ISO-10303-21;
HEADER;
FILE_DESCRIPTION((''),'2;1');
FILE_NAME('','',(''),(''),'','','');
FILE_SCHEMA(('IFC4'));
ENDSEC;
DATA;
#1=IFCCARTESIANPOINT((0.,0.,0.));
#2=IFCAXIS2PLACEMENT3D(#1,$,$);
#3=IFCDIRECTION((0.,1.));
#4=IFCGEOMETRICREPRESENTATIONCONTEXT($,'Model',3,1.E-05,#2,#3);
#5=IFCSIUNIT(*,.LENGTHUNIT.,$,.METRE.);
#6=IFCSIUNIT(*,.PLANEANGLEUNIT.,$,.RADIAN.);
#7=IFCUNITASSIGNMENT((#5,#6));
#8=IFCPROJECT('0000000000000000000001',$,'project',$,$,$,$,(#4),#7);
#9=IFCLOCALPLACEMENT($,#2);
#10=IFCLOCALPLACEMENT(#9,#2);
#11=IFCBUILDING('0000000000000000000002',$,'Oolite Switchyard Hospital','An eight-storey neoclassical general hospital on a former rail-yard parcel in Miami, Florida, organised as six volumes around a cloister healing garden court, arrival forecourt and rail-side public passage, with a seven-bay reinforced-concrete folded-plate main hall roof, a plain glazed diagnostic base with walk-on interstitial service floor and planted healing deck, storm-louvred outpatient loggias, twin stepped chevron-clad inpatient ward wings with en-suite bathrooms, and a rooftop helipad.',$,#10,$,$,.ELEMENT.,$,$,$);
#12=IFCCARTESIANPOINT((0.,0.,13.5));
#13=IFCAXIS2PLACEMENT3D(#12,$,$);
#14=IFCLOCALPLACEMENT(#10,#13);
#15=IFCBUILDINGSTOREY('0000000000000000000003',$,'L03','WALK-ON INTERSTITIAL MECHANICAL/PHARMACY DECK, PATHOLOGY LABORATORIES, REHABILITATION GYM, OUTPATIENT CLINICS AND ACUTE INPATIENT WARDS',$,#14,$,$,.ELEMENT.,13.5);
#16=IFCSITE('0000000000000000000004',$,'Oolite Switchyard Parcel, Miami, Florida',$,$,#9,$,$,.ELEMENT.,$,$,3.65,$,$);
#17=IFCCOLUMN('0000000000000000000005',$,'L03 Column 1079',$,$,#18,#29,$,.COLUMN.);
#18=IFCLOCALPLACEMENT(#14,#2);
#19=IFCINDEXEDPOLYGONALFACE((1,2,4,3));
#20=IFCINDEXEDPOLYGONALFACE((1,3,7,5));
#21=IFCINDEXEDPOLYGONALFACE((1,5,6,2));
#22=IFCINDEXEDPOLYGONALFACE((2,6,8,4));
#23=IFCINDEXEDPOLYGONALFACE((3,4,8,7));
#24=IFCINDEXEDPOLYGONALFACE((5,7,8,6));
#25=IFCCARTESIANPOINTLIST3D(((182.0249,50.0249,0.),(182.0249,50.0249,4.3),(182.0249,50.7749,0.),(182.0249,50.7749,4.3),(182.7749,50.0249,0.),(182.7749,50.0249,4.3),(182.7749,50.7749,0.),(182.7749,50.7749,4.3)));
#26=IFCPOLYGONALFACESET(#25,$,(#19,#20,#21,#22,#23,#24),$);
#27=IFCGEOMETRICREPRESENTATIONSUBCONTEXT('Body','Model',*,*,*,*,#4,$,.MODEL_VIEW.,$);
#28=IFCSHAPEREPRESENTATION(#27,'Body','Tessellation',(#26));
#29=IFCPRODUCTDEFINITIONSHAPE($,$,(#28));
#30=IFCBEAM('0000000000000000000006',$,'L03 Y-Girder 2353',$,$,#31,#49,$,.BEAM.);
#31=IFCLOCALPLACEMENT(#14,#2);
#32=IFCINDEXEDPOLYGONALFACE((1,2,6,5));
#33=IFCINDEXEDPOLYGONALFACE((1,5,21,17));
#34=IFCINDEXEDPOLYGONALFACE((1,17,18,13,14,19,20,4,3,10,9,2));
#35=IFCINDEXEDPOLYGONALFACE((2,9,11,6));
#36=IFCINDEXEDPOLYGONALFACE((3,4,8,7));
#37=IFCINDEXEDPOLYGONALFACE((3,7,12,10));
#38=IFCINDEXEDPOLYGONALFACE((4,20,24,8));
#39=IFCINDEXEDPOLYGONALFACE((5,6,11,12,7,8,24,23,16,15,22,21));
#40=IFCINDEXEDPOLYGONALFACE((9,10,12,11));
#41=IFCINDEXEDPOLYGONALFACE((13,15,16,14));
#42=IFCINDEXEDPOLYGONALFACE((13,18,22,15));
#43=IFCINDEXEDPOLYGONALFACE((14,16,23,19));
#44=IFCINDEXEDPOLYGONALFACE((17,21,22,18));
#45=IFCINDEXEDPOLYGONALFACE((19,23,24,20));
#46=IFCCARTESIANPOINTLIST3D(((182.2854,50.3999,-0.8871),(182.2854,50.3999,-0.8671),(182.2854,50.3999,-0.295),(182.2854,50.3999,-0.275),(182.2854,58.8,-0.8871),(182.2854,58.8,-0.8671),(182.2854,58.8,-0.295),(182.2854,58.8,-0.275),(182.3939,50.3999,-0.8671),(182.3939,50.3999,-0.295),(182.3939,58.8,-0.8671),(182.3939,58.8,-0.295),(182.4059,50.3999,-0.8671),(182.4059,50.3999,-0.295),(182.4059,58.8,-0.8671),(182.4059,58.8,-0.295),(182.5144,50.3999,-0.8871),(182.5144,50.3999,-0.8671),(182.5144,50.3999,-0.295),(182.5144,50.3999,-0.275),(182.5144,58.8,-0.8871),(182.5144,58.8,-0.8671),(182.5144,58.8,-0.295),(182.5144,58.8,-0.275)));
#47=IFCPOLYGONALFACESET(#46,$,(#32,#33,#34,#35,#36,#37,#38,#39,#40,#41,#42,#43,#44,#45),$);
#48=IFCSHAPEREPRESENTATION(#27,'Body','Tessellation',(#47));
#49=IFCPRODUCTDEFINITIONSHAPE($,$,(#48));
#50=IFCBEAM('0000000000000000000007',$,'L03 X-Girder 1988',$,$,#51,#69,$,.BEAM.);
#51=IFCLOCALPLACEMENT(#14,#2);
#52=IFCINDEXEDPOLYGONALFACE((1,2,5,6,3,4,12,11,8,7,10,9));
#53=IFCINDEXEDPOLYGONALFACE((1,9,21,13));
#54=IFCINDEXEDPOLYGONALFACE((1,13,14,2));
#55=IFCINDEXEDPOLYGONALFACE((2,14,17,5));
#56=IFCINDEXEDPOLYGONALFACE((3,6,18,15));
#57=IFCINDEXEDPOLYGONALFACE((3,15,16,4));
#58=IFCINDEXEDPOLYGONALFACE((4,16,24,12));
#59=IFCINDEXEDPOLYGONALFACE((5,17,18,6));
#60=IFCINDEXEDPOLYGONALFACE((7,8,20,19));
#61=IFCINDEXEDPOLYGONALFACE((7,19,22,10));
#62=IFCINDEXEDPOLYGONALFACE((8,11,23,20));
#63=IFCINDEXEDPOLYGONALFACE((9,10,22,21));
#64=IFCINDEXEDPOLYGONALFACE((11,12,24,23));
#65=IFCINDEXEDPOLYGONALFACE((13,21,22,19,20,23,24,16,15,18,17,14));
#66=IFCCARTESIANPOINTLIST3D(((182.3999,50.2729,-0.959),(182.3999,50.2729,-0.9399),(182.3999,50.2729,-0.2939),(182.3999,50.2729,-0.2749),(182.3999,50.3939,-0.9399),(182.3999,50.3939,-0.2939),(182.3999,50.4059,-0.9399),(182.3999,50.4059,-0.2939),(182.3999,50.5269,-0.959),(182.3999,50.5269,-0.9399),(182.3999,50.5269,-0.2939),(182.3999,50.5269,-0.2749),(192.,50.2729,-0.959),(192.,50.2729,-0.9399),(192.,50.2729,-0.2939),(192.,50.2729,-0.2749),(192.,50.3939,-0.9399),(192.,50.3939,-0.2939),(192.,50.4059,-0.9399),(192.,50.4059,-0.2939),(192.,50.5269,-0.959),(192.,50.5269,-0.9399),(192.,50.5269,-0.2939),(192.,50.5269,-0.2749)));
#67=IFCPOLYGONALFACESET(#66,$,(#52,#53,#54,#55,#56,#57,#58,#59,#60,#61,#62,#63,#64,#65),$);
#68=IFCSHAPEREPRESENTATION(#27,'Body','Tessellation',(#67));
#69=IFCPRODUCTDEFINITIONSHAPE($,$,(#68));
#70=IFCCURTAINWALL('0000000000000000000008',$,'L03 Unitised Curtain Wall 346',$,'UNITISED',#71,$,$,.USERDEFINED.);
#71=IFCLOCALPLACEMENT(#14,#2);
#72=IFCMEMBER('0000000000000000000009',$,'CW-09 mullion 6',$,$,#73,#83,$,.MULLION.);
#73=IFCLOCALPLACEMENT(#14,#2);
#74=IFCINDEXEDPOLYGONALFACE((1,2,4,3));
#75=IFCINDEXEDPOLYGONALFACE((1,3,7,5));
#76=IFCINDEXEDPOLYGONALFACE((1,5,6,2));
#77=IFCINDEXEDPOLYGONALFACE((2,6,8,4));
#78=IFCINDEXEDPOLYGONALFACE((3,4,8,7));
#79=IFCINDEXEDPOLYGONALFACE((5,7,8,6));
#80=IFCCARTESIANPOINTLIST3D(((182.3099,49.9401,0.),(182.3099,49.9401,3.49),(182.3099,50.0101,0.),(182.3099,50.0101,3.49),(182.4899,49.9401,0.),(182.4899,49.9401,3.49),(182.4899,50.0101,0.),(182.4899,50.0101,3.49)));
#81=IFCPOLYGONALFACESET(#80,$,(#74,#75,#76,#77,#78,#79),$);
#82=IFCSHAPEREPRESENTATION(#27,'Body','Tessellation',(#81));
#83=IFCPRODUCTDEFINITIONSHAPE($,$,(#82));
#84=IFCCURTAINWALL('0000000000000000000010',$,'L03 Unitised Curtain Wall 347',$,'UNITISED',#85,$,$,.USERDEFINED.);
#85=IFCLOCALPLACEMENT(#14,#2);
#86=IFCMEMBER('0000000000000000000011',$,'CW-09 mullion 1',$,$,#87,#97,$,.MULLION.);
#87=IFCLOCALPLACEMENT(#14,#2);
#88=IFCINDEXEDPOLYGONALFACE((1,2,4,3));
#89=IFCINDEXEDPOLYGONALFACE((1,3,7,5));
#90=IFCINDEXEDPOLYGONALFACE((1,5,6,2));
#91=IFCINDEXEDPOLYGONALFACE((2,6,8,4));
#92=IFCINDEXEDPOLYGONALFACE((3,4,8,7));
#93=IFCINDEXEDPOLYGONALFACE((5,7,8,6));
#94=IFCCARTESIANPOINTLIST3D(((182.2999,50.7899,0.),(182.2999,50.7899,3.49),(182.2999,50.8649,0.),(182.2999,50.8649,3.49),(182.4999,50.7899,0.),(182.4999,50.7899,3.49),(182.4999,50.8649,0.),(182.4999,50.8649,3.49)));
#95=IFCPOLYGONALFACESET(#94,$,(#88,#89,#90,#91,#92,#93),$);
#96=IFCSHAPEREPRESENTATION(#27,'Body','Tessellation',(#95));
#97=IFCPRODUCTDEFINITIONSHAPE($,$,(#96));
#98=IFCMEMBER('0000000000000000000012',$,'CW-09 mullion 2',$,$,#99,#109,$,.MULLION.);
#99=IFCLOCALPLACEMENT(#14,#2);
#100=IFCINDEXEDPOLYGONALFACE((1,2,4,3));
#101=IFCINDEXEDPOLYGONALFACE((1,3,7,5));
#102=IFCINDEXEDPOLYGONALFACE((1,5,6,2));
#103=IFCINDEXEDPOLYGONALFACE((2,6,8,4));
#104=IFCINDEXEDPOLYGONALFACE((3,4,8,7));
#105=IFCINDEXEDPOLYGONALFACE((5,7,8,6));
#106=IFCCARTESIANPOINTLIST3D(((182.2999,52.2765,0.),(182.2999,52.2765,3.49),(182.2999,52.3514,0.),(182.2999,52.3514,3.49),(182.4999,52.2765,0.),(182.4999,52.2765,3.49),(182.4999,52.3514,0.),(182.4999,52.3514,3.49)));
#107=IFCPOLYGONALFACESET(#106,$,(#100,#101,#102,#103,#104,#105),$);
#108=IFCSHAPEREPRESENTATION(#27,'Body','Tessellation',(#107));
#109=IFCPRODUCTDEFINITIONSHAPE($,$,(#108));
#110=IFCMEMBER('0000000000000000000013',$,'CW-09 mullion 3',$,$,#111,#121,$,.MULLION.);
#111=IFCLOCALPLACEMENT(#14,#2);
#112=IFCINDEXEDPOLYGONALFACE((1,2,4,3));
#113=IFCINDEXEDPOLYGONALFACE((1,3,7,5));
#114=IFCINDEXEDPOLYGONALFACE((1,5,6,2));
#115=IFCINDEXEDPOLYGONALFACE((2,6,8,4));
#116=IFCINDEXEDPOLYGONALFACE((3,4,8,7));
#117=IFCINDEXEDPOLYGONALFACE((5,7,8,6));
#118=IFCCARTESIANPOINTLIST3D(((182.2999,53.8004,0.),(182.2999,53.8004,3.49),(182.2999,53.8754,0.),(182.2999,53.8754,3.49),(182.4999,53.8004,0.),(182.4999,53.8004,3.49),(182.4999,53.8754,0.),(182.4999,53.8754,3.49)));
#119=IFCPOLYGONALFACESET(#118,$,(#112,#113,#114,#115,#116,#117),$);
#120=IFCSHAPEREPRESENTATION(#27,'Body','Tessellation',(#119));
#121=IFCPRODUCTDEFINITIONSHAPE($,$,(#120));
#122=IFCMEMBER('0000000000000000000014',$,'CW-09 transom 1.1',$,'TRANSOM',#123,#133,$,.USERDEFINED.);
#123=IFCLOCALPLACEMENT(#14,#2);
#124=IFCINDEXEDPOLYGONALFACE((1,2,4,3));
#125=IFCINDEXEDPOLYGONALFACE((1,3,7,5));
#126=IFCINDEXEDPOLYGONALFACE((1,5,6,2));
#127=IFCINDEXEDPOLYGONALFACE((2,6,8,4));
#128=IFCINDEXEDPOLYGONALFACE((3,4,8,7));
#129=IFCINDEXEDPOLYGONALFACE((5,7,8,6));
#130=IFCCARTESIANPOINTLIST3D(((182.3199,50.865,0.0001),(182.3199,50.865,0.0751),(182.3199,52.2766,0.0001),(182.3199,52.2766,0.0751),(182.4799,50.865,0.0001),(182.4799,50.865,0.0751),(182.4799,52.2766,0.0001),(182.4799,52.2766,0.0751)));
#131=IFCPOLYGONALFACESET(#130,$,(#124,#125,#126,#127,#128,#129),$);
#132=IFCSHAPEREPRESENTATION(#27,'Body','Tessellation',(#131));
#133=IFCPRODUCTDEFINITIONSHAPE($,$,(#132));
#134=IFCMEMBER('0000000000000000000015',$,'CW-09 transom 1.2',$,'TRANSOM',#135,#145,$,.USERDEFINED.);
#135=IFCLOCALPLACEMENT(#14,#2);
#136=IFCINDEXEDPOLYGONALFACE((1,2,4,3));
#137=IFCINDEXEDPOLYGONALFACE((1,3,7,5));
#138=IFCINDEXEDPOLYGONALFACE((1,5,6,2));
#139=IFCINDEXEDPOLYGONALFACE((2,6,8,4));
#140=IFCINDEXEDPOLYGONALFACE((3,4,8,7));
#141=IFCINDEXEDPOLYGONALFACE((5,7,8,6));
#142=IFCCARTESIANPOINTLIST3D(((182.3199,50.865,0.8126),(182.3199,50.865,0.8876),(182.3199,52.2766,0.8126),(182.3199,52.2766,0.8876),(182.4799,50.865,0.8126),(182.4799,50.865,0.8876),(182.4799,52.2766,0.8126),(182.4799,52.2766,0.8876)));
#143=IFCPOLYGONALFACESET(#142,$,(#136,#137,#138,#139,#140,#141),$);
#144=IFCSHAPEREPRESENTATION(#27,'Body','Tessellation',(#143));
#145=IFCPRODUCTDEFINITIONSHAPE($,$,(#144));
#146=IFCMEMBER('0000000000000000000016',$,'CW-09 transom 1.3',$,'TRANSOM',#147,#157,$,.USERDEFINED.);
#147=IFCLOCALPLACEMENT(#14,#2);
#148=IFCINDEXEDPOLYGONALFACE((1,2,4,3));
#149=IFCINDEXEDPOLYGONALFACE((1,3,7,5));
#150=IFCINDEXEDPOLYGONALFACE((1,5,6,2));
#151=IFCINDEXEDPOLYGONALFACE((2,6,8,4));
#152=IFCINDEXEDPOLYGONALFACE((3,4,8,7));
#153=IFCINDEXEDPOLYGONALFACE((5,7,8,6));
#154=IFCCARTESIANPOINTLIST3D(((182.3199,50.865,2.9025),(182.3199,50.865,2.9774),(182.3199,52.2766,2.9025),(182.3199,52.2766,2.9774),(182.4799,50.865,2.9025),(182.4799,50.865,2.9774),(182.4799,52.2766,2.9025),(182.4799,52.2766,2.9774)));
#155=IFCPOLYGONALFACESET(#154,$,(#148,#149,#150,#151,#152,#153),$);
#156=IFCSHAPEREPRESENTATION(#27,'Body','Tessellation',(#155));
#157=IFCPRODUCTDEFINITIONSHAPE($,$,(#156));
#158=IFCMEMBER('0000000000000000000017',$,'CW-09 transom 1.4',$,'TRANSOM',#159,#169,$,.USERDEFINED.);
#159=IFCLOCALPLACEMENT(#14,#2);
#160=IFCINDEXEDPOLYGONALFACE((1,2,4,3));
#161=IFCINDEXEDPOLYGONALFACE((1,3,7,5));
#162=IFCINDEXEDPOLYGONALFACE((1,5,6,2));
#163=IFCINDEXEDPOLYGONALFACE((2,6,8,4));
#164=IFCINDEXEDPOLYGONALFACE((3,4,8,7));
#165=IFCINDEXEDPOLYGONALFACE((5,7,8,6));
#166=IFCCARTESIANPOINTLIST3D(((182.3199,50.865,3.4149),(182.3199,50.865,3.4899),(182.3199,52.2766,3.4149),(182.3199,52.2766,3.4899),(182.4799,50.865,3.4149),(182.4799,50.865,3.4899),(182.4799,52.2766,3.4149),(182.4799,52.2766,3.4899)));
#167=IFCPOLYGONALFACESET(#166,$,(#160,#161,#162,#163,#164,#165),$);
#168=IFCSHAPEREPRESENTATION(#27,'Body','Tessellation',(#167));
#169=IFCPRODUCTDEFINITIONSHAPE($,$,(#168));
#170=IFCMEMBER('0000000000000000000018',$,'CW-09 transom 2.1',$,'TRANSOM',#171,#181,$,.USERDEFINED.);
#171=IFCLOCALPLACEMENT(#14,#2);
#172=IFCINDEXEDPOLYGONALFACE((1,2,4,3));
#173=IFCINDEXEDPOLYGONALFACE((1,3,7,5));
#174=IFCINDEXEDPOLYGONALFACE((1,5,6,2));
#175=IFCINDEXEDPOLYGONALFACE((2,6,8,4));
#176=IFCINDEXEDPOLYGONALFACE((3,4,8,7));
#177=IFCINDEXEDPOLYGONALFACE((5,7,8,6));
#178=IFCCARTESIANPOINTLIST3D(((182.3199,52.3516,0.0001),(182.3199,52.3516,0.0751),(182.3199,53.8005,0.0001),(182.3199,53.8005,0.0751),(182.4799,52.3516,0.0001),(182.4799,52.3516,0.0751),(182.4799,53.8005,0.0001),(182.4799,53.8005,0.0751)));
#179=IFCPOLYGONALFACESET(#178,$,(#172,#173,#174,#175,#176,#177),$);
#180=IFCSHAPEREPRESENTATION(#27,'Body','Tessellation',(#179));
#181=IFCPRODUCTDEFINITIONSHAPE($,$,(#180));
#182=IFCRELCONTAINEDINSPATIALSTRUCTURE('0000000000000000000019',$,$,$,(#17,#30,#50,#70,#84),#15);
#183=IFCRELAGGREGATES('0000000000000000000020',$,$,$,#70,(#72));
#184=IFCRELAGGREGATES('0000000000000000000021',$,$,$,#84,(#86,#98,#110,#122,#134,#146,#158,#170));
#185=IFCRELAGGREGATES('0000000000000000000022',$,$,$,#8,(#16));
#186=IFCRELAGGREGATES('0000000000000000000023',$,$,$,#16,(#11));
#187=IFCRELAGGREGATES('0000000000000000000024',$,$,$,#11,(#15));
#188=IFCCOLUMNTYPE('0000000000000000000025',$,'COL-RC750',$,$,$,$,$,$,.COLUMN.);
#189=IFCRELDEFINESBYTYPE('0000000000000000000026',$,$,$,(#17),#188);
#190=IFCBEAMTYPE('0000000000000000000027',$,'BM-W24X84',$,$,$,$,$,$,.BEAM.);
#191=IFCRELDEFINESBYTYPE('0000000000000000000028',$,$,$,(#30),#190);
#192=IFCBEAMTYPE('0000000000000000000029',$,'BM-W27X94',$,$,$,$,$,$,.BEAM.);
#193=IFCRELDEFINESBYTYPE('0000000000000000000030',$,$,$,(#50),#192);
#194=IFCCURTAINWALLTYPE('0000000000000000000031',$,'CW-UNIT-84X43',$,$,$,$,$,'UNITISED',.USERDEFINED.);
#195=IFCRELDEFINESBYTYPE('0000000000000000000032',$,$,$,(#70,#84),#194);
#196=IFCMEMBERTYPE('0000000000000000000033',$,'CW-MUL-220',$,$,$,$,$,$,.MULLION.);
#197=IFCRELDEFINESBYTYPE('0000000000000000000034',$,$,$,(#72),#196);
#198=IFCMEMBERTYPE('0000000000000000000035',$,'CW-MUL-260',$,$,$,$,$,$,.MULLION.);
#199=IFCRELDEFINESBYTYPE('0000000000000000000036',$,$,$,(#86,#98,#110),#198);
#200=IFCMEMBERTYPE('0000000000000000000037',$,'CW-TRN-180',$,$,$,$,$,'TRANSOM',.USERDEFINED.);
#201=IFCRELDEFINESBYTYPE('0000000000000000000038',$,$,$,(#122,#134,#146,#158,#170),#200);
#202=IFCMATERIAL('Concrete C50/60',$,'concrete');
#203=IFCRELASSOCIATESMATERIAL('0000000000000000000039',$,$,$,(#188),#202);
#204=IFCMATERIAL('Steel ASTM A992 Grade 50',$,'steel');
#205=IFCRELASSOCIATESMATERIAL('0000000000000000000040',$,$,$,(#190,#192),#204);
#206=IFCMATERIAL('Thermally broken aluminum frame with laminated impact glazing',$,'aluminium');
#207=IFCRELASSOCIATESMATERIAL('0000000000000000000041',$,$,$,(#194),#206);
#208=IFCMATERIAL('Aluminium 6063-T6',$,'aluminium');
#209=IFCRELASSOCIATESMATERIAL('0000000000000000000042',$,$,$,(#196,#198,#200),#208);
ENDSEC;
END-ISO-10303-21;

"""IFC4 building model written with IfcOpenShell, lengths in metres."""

from ifc_helpers import new_model, si_unit, direction, frame, origin, origin_2d, place, context, subcontext, project, spatial, rectangle, i_section, extrude, material, material_profile, profile_set, type_object, element, aggregate, save


model = new_model("IFC4")

# Units and contexts
model_context = context("Model", 3, precision=1e-05, world=origin(), true_north=direction((0.0, 1.0)))
body_context = subcontext(model_context, "Body", "Model", "MODEL_VIEW")
ifc_project = project(units=[si_unit("LENGTHUNIT", "METRE"), si_unit("PLANEANGLEUNIT", "RADIAN")], contexts=[model_context])

# Site, building, storey
site_placement = place(None, origin())
site = spatial("IfcSite", under=ifc_project, at=site_placement, Name="Oolite Switchyard Parcel, Miami, Florida", CompositionType="ELEMENT", RefElevation=3.65)
building_placement = place(site_placement, origin())
building = spatial("IfcBuilding", under=site, at=building_placement, Name="Oolite Switchyard Hospital", Description="An eight-storey neoclassical general hospital on a former rail-yard parcel in Miami, Florida, organised as six volumes around a cloister healing garden court, arrival forecourt and rail-side public passage, with a seven-bay reinforced-concrete folded-plate main hall roof, a plain glazed diagnostic base with walk-on interstitial service floor and planted healing deck, storm-louvred outpatient loggias, twin stepped chevron-clad inpatient ward wings with en-suite bathrooms, and a rooftop helipad.", CompositionType="ELEMENT")
storey_placement = place(building_placement, frame((0.0, 0.0, 13.5)))
storey = spatial("IfcBuildingStorey", under=building, at=storey_placement, Name="L03", Description="WALK-ON INTERSTITIAL MECHANICAL/PHARMACY DECK, PATHOLOGY LABORATORIES, REHABILITATION GYM, OUTPATIENT CLINICS AND ACUTE INPATIENT WARDS", CompositionType="ELEMENT", Elevation=13.5)

# Column
ifc_material_1 = material(Name="Concrete C50/60", Category="concrete")
ifc_material_profile_1 = material_profile(ifc_material_1, rectangle(XDim=0.75, YDim=0.75, at=origin_2d()), Name="RC750X750")
ifc_profile_set_1 = profile_set([ifc_material_profile_1], Name="Concrete C50/60")
column_type = type_object("IfcColumnType", Name="COL-RC750", PredefinedType="COLUMN", material=ifc_profile_set_1)
column_placement = place(storey_placement, frame((182.3999, 50.3999, 0.0), z_axis=(0.0, 0.0, 1.0), x_axis=(1.0, 0.0, 0.0)))
element("IfcColumn", 1, at=column_placement, inside=storey, type_object=column_type, Name="L03 Column 1079", PredefinedType="COLUMN", context=body_context, shape_type="SweptSolid", body=[
    extrude(rectangle(XDim=0.75, YDim=0.75, at=origin_2d()), origin(), (0.0, 0.0, 1.0), 4.3),
])

# Beams
ifc_material_2 = material(Name="Steel ASTM A992 Grade 50", Category="steel")
ifc_material_profile_2 = material_profile(ifc_material_2, i_section(OverallWidth=0.229, OverallDepth=0.6121, WebThickness=0.012, FlangeThickness=0.02, at=origin_2d()), Name="W24X84")
ifc_profile_set_2 = profile_set([ifc_material_profile_2], Name="Steel ASTM A992 Grade 50")
beam_type_1 = type_object("IfcBeamType", Name="BM-W24X84", PredefinedType="BEAM", material=ifc_profile_set_2)
beam_1_placement = place(storey_placement, frame((182.3999, 50.3999, -0.5811), z_axis=(0.0, 1.0, 0.0), x_axis=(-1.0, 0.0, 0.0)))
element("IfcBeam", 2, at=beam_1_placement, inside=storey, type_object=beam_type_1, Name="L03 Y-Girder 2353", PredefinedType="BEAM", context=body_context, shape_type="SweptSolid", body=[
    extrude(i_section(OverallWidth=0.229, OverallDepth=0.6121, WebThickness=0.012, FlangeThickness=0.02, at=origin_2d()), origin(), (0.0, 0.0, 1.0), 8.4001),
])
ifc_material_profile_3 = material_profile(ifc_material_2, i_section(OverallWidth=0.2539, OverallDepth=0.6841, WebThickness=0.012, FlangeThickness=0.019, at=origin_2d()), Name="W27X94")
ifc_profile_set_3 = profile_set([ifc_material_profile_3], Name="Steel ASTM A992 Grade 50")
beam_type_2 = type_object("IfcBeamType", Name="BM-W27X94", PredefinedType="BEAM", material=ifc_profile_set_3)
beam_2_placement = place(storey_placement, frame((182.3999, 50.3999, -0.6169), z_axis=(1.0, 0.0, 0.0), x_axis=(0.0, 1.0, 0.0)))
element("IfcBeam", 3, at=beam_2_placement, inside=storey, type_object=beam_type_2, Name="L03 X-Girder 1988", PredefinedType="BEAM", context=body_context, shape_type="SweptSolid", body=[
    extrude(i_section(OverallWidth=0.2539, OverallDepth=0.6841, WebThickness=0.012, FlangeThickness=0.019, at=origin_2d()), origin(), (0.0, 0.0, 1.0), 9.6001),
])

# Curtain wall, member
ifc_material_3 = material(Name="Thermally broken aluminum frame with laminated impact glazing", Category="aluminium")
curtain_wall_type = type_object("IfcCurtainWallType", Name="CW-UNIT-84X43", ElementType="UNITISED", PredefinedType="USERDEFINED", material=ifc_material_3)
curtain_wall_1_placement = place(storey_placement, origin())
curtain_wall_1 = element("IfcCurtainWall", 4, at=curtain_wall_1_placement, inside=storey, type_object=curtain_wall_type, Name="L03 Unitised Curtain Wall 346", ObjectType="UNITISED", PredefinedType="USERDEFINED")
ifc_material_4 = material(Name="Aluminium 6063-T6", Category="aluminium")
ifc_material_profile_4 = material_profile(ifc_material_4, rectangle(XDim=0.1799, YDim=0.0701, at=origin_2d()), Name="CWM70X180")
ifc_profile_set_4 = profile_set([ifc_material_profile_4], Name="Aluminium 6063-T6")
member_type_1 = type_object("IfcMemberType", Name="CW-MUL-220", PredefinedType="MULLION", material=ifc_profile_set_4)
member_1_placement = place(storey_placement, frame((182.3999, 49.9751, 0.0), z_axis=(0.0, 0.0, 1.0), x_axis=(-1.0, 0.0, 0.0)))
member_1 = element("IfcMember", 5, at=member_1_placement, type_object=member_type_1, Name="CW-09 mullion 6", PredefinedType="MULLION", context=body_context, shape_type="SweptSolid", body=[
    extrude(rectangle(XDim=0.1799, YDim=0.0701, at=origin_2d()), origin(), (0.0, 0.0, 1.0), 3.49),
])
aggregate(curtain_wall_1, [member_1])

# Curtain wall, members
curtain_wall_2_placement = place(storey_placement, origin())
curtain_wall_2 = element("IfcCurtainWall", 6, at=curtain_wall_2_placement, inside=storey, type_object=curtain_wall_type, Name="L03 Unitised Curtain Wall 347", ObjectType="UNITISED", PredefinedType="USERDEFINED")
ifc_material_profile_5 = material_profile(ifc_material_4, rectangle(XDim=0.2, YDim=0.075, at=origin_2d()), Name="CWM75X200")
ifc_profile_set_5 = profile_set([ifc_material_profile_5], Name="Aluminium 6063-T6")
member_type_2 = type_object("IfcMemberType", Name="CW-MUL-260", PredefinedType="MULLION", material=ifc_profile_set_5)
member_2_placement = place(storey_placement, frame((182.3999, 50.8274, 0.0), z_axis=(0.0, 0.0, 1.0), x_axis=(-1.0, 0.0, 0.0)))
member_2 = element("IfcMember", 7, at=member_2_placement, type_object=member_type_2, Name="CW-09 mullion 1", PredefinedType="MULLION", context=body_context, shape_type="SweptSolid", body=[
    extrude(rectangle(XDim=0.2, YDim=0.075, at=origin_2d()), origin(), (0.0, 0.0, 1.0), 3.49),
])
member_3_placement = place(storey_placement, frame((182.3999, 52.314, 0.0), z_axis=(0.0, 0.0, 1.0), x_axis=(-1.0, 0.0, 0.0)))
member_3 = element("IfcMember", 8, at=member_3_placement, type_object=member_type_2, Name="CW-09 mullion 2", PredefinedType="MULLION", context=body_context, shape_type="SweptSolid", body=[
    extrude(rectangle(XDim=0.2, YDim=0.075, at=origin_2d()), origin(), (0.0, 0.0, 1.0), 3.49),
])
member_4_placement = place(storey_placement, frame((182.3999, 53.8379, 0.0), z_axis=(0.0, 0.0, 1.0), x_axis=(-1.0, 0.0, 0.0)))
member_4 = element("IfcMember", 9, at=member_4_placement, type_object=member_type_2, Name="CW-09 mullion 3", PredefinedType="MULLION", context=body_context, shape_type="SweptSolid", body=[
    extrude(rectangle(XDim=0.2, YDim=0.075, at=origin_2d()), origin(), (0.0, 0.0, 1.0), 3.49),
])
ifc_material_profile_6 = material_profile(ifc_material_4, rectangle(XDim=0.1599, YDim=0.075, at=origin_2d()), Name="CWT75X160")
ifc_profile_set_6 = profile_set([ifc_material_profile_6], Name="Aluminium 6063-T6")
member_type_3 = type_object("IfcMemberType", Name="CW-TRN-180", ElementType="TRANSOM", PredefinedType="USERDEFINED", material=ifc_profile_set_6)
member_5_placement = place(storey_placement, frame((182.3999, 50.865, 0.0376), z_axis=(0.0, 1.0, 0.0), x_axis=(-1.0, 0.0, 0.0)))
member_5 = element("IfcMember", 10, at=member_5_placement, type_object=member_type_3, Name="CW-09 transom 1.1", ObjectType="TRANSOM", PredefinedType="USERDEFINED", context=body_context, shape_type="SweptSolid", body=[
    extrude(rectangle(XDim=0.1599, YDim=0.075, at=origin_2d()), origin(), (0.0, 0.0, 1.0), 1.4116),
])
member_6_placement = place(storey_placement, frame((182.3999, 50.865, 0.8501), z_axis=(0.0, 1.0, 0.0), x_axis=(-1.0, 0.0, 0.0)))
member_6 = element("IfcMember", 11, at=member_6_placement, type_object=member_type_3, Name="CW-09 transom 1.2", ObjectType="TRANSOM", PredefinedType="USERDEFINED", context=body_context, shape_type="SweptSolid", body=[
    extrude(rectangle(XDim=0.1599, YDim=0.075, at=origin_2d()), origin(), (0.0, 0.0, 1.0), 1.4116),
])
member_7_placement = place(storey_placement, frame((182.3999, 50.865, 2.9399), z_axis=(0.0, 1.0, 0.0), x_axis=(-1.0, 0.0, 0.0)))
member_7 = element("IfcMember", 12, at=member_7_placement, type_object=member_type_3, Name="CW-09 transom 1.3", ObjectType="TRANSOM", PredefinedType="USERDEFINED", context=body_context, shape_type="SweptSolid", body=[
    extrude(rectangle(XDim=0.1599, YDim=0.075, at=origin_2d()), origin(), (0.0, 0.0, 1.0), 1.4116),
])
member_8_placement = place(storey_placement, frame((182.3999, 50.865, 3.4524), z_axis=(0.0, 1.0, 0.0), x_axis=(-1.0, 0.0, 0.0)))
member_8 = element("IfcMember", 13, at=member_8_placement, type_object=member_type_3, Name="CW-09 transom 1.4", ObjectType="TRANSOM", PredefinedType="USERDEFINED", context=body_context, shape_type="SweptSolid", body=[
    extrude(rectangle(XDim=0.1599, YDim=0.075, at=origin_2d()), origin(), (0.0, 0.0, 1.0), 1.4116),
])
member_9_placement = place(storey_placement, frame((182.3999, 52.3516, 0.0376), z_axis=(0.0, 1.0, 0.0), x_axis=(-1.0, 0.0, 0.0)))
member_9 = element("IfcMember", 14, at=member_9_placement, type_object=member_type_3, Name="CW-09 transom 2.1", ObjectType="TRANSOM", PredefinedType="USERDEFINED", context=body_context, shape_type="SweptSolid", body=[
    extrude(rectangle(XDim=0.1599, YDim=0.075, at=origin_2d()), origin(), (0.0, 0.0, 1.0), 1.449),
])
aggregate(curtain_wall_2, [member_2, member_3, member_4, member_5, member_6, member_7, member_8, member_9])

save(model, "model.ifc")
